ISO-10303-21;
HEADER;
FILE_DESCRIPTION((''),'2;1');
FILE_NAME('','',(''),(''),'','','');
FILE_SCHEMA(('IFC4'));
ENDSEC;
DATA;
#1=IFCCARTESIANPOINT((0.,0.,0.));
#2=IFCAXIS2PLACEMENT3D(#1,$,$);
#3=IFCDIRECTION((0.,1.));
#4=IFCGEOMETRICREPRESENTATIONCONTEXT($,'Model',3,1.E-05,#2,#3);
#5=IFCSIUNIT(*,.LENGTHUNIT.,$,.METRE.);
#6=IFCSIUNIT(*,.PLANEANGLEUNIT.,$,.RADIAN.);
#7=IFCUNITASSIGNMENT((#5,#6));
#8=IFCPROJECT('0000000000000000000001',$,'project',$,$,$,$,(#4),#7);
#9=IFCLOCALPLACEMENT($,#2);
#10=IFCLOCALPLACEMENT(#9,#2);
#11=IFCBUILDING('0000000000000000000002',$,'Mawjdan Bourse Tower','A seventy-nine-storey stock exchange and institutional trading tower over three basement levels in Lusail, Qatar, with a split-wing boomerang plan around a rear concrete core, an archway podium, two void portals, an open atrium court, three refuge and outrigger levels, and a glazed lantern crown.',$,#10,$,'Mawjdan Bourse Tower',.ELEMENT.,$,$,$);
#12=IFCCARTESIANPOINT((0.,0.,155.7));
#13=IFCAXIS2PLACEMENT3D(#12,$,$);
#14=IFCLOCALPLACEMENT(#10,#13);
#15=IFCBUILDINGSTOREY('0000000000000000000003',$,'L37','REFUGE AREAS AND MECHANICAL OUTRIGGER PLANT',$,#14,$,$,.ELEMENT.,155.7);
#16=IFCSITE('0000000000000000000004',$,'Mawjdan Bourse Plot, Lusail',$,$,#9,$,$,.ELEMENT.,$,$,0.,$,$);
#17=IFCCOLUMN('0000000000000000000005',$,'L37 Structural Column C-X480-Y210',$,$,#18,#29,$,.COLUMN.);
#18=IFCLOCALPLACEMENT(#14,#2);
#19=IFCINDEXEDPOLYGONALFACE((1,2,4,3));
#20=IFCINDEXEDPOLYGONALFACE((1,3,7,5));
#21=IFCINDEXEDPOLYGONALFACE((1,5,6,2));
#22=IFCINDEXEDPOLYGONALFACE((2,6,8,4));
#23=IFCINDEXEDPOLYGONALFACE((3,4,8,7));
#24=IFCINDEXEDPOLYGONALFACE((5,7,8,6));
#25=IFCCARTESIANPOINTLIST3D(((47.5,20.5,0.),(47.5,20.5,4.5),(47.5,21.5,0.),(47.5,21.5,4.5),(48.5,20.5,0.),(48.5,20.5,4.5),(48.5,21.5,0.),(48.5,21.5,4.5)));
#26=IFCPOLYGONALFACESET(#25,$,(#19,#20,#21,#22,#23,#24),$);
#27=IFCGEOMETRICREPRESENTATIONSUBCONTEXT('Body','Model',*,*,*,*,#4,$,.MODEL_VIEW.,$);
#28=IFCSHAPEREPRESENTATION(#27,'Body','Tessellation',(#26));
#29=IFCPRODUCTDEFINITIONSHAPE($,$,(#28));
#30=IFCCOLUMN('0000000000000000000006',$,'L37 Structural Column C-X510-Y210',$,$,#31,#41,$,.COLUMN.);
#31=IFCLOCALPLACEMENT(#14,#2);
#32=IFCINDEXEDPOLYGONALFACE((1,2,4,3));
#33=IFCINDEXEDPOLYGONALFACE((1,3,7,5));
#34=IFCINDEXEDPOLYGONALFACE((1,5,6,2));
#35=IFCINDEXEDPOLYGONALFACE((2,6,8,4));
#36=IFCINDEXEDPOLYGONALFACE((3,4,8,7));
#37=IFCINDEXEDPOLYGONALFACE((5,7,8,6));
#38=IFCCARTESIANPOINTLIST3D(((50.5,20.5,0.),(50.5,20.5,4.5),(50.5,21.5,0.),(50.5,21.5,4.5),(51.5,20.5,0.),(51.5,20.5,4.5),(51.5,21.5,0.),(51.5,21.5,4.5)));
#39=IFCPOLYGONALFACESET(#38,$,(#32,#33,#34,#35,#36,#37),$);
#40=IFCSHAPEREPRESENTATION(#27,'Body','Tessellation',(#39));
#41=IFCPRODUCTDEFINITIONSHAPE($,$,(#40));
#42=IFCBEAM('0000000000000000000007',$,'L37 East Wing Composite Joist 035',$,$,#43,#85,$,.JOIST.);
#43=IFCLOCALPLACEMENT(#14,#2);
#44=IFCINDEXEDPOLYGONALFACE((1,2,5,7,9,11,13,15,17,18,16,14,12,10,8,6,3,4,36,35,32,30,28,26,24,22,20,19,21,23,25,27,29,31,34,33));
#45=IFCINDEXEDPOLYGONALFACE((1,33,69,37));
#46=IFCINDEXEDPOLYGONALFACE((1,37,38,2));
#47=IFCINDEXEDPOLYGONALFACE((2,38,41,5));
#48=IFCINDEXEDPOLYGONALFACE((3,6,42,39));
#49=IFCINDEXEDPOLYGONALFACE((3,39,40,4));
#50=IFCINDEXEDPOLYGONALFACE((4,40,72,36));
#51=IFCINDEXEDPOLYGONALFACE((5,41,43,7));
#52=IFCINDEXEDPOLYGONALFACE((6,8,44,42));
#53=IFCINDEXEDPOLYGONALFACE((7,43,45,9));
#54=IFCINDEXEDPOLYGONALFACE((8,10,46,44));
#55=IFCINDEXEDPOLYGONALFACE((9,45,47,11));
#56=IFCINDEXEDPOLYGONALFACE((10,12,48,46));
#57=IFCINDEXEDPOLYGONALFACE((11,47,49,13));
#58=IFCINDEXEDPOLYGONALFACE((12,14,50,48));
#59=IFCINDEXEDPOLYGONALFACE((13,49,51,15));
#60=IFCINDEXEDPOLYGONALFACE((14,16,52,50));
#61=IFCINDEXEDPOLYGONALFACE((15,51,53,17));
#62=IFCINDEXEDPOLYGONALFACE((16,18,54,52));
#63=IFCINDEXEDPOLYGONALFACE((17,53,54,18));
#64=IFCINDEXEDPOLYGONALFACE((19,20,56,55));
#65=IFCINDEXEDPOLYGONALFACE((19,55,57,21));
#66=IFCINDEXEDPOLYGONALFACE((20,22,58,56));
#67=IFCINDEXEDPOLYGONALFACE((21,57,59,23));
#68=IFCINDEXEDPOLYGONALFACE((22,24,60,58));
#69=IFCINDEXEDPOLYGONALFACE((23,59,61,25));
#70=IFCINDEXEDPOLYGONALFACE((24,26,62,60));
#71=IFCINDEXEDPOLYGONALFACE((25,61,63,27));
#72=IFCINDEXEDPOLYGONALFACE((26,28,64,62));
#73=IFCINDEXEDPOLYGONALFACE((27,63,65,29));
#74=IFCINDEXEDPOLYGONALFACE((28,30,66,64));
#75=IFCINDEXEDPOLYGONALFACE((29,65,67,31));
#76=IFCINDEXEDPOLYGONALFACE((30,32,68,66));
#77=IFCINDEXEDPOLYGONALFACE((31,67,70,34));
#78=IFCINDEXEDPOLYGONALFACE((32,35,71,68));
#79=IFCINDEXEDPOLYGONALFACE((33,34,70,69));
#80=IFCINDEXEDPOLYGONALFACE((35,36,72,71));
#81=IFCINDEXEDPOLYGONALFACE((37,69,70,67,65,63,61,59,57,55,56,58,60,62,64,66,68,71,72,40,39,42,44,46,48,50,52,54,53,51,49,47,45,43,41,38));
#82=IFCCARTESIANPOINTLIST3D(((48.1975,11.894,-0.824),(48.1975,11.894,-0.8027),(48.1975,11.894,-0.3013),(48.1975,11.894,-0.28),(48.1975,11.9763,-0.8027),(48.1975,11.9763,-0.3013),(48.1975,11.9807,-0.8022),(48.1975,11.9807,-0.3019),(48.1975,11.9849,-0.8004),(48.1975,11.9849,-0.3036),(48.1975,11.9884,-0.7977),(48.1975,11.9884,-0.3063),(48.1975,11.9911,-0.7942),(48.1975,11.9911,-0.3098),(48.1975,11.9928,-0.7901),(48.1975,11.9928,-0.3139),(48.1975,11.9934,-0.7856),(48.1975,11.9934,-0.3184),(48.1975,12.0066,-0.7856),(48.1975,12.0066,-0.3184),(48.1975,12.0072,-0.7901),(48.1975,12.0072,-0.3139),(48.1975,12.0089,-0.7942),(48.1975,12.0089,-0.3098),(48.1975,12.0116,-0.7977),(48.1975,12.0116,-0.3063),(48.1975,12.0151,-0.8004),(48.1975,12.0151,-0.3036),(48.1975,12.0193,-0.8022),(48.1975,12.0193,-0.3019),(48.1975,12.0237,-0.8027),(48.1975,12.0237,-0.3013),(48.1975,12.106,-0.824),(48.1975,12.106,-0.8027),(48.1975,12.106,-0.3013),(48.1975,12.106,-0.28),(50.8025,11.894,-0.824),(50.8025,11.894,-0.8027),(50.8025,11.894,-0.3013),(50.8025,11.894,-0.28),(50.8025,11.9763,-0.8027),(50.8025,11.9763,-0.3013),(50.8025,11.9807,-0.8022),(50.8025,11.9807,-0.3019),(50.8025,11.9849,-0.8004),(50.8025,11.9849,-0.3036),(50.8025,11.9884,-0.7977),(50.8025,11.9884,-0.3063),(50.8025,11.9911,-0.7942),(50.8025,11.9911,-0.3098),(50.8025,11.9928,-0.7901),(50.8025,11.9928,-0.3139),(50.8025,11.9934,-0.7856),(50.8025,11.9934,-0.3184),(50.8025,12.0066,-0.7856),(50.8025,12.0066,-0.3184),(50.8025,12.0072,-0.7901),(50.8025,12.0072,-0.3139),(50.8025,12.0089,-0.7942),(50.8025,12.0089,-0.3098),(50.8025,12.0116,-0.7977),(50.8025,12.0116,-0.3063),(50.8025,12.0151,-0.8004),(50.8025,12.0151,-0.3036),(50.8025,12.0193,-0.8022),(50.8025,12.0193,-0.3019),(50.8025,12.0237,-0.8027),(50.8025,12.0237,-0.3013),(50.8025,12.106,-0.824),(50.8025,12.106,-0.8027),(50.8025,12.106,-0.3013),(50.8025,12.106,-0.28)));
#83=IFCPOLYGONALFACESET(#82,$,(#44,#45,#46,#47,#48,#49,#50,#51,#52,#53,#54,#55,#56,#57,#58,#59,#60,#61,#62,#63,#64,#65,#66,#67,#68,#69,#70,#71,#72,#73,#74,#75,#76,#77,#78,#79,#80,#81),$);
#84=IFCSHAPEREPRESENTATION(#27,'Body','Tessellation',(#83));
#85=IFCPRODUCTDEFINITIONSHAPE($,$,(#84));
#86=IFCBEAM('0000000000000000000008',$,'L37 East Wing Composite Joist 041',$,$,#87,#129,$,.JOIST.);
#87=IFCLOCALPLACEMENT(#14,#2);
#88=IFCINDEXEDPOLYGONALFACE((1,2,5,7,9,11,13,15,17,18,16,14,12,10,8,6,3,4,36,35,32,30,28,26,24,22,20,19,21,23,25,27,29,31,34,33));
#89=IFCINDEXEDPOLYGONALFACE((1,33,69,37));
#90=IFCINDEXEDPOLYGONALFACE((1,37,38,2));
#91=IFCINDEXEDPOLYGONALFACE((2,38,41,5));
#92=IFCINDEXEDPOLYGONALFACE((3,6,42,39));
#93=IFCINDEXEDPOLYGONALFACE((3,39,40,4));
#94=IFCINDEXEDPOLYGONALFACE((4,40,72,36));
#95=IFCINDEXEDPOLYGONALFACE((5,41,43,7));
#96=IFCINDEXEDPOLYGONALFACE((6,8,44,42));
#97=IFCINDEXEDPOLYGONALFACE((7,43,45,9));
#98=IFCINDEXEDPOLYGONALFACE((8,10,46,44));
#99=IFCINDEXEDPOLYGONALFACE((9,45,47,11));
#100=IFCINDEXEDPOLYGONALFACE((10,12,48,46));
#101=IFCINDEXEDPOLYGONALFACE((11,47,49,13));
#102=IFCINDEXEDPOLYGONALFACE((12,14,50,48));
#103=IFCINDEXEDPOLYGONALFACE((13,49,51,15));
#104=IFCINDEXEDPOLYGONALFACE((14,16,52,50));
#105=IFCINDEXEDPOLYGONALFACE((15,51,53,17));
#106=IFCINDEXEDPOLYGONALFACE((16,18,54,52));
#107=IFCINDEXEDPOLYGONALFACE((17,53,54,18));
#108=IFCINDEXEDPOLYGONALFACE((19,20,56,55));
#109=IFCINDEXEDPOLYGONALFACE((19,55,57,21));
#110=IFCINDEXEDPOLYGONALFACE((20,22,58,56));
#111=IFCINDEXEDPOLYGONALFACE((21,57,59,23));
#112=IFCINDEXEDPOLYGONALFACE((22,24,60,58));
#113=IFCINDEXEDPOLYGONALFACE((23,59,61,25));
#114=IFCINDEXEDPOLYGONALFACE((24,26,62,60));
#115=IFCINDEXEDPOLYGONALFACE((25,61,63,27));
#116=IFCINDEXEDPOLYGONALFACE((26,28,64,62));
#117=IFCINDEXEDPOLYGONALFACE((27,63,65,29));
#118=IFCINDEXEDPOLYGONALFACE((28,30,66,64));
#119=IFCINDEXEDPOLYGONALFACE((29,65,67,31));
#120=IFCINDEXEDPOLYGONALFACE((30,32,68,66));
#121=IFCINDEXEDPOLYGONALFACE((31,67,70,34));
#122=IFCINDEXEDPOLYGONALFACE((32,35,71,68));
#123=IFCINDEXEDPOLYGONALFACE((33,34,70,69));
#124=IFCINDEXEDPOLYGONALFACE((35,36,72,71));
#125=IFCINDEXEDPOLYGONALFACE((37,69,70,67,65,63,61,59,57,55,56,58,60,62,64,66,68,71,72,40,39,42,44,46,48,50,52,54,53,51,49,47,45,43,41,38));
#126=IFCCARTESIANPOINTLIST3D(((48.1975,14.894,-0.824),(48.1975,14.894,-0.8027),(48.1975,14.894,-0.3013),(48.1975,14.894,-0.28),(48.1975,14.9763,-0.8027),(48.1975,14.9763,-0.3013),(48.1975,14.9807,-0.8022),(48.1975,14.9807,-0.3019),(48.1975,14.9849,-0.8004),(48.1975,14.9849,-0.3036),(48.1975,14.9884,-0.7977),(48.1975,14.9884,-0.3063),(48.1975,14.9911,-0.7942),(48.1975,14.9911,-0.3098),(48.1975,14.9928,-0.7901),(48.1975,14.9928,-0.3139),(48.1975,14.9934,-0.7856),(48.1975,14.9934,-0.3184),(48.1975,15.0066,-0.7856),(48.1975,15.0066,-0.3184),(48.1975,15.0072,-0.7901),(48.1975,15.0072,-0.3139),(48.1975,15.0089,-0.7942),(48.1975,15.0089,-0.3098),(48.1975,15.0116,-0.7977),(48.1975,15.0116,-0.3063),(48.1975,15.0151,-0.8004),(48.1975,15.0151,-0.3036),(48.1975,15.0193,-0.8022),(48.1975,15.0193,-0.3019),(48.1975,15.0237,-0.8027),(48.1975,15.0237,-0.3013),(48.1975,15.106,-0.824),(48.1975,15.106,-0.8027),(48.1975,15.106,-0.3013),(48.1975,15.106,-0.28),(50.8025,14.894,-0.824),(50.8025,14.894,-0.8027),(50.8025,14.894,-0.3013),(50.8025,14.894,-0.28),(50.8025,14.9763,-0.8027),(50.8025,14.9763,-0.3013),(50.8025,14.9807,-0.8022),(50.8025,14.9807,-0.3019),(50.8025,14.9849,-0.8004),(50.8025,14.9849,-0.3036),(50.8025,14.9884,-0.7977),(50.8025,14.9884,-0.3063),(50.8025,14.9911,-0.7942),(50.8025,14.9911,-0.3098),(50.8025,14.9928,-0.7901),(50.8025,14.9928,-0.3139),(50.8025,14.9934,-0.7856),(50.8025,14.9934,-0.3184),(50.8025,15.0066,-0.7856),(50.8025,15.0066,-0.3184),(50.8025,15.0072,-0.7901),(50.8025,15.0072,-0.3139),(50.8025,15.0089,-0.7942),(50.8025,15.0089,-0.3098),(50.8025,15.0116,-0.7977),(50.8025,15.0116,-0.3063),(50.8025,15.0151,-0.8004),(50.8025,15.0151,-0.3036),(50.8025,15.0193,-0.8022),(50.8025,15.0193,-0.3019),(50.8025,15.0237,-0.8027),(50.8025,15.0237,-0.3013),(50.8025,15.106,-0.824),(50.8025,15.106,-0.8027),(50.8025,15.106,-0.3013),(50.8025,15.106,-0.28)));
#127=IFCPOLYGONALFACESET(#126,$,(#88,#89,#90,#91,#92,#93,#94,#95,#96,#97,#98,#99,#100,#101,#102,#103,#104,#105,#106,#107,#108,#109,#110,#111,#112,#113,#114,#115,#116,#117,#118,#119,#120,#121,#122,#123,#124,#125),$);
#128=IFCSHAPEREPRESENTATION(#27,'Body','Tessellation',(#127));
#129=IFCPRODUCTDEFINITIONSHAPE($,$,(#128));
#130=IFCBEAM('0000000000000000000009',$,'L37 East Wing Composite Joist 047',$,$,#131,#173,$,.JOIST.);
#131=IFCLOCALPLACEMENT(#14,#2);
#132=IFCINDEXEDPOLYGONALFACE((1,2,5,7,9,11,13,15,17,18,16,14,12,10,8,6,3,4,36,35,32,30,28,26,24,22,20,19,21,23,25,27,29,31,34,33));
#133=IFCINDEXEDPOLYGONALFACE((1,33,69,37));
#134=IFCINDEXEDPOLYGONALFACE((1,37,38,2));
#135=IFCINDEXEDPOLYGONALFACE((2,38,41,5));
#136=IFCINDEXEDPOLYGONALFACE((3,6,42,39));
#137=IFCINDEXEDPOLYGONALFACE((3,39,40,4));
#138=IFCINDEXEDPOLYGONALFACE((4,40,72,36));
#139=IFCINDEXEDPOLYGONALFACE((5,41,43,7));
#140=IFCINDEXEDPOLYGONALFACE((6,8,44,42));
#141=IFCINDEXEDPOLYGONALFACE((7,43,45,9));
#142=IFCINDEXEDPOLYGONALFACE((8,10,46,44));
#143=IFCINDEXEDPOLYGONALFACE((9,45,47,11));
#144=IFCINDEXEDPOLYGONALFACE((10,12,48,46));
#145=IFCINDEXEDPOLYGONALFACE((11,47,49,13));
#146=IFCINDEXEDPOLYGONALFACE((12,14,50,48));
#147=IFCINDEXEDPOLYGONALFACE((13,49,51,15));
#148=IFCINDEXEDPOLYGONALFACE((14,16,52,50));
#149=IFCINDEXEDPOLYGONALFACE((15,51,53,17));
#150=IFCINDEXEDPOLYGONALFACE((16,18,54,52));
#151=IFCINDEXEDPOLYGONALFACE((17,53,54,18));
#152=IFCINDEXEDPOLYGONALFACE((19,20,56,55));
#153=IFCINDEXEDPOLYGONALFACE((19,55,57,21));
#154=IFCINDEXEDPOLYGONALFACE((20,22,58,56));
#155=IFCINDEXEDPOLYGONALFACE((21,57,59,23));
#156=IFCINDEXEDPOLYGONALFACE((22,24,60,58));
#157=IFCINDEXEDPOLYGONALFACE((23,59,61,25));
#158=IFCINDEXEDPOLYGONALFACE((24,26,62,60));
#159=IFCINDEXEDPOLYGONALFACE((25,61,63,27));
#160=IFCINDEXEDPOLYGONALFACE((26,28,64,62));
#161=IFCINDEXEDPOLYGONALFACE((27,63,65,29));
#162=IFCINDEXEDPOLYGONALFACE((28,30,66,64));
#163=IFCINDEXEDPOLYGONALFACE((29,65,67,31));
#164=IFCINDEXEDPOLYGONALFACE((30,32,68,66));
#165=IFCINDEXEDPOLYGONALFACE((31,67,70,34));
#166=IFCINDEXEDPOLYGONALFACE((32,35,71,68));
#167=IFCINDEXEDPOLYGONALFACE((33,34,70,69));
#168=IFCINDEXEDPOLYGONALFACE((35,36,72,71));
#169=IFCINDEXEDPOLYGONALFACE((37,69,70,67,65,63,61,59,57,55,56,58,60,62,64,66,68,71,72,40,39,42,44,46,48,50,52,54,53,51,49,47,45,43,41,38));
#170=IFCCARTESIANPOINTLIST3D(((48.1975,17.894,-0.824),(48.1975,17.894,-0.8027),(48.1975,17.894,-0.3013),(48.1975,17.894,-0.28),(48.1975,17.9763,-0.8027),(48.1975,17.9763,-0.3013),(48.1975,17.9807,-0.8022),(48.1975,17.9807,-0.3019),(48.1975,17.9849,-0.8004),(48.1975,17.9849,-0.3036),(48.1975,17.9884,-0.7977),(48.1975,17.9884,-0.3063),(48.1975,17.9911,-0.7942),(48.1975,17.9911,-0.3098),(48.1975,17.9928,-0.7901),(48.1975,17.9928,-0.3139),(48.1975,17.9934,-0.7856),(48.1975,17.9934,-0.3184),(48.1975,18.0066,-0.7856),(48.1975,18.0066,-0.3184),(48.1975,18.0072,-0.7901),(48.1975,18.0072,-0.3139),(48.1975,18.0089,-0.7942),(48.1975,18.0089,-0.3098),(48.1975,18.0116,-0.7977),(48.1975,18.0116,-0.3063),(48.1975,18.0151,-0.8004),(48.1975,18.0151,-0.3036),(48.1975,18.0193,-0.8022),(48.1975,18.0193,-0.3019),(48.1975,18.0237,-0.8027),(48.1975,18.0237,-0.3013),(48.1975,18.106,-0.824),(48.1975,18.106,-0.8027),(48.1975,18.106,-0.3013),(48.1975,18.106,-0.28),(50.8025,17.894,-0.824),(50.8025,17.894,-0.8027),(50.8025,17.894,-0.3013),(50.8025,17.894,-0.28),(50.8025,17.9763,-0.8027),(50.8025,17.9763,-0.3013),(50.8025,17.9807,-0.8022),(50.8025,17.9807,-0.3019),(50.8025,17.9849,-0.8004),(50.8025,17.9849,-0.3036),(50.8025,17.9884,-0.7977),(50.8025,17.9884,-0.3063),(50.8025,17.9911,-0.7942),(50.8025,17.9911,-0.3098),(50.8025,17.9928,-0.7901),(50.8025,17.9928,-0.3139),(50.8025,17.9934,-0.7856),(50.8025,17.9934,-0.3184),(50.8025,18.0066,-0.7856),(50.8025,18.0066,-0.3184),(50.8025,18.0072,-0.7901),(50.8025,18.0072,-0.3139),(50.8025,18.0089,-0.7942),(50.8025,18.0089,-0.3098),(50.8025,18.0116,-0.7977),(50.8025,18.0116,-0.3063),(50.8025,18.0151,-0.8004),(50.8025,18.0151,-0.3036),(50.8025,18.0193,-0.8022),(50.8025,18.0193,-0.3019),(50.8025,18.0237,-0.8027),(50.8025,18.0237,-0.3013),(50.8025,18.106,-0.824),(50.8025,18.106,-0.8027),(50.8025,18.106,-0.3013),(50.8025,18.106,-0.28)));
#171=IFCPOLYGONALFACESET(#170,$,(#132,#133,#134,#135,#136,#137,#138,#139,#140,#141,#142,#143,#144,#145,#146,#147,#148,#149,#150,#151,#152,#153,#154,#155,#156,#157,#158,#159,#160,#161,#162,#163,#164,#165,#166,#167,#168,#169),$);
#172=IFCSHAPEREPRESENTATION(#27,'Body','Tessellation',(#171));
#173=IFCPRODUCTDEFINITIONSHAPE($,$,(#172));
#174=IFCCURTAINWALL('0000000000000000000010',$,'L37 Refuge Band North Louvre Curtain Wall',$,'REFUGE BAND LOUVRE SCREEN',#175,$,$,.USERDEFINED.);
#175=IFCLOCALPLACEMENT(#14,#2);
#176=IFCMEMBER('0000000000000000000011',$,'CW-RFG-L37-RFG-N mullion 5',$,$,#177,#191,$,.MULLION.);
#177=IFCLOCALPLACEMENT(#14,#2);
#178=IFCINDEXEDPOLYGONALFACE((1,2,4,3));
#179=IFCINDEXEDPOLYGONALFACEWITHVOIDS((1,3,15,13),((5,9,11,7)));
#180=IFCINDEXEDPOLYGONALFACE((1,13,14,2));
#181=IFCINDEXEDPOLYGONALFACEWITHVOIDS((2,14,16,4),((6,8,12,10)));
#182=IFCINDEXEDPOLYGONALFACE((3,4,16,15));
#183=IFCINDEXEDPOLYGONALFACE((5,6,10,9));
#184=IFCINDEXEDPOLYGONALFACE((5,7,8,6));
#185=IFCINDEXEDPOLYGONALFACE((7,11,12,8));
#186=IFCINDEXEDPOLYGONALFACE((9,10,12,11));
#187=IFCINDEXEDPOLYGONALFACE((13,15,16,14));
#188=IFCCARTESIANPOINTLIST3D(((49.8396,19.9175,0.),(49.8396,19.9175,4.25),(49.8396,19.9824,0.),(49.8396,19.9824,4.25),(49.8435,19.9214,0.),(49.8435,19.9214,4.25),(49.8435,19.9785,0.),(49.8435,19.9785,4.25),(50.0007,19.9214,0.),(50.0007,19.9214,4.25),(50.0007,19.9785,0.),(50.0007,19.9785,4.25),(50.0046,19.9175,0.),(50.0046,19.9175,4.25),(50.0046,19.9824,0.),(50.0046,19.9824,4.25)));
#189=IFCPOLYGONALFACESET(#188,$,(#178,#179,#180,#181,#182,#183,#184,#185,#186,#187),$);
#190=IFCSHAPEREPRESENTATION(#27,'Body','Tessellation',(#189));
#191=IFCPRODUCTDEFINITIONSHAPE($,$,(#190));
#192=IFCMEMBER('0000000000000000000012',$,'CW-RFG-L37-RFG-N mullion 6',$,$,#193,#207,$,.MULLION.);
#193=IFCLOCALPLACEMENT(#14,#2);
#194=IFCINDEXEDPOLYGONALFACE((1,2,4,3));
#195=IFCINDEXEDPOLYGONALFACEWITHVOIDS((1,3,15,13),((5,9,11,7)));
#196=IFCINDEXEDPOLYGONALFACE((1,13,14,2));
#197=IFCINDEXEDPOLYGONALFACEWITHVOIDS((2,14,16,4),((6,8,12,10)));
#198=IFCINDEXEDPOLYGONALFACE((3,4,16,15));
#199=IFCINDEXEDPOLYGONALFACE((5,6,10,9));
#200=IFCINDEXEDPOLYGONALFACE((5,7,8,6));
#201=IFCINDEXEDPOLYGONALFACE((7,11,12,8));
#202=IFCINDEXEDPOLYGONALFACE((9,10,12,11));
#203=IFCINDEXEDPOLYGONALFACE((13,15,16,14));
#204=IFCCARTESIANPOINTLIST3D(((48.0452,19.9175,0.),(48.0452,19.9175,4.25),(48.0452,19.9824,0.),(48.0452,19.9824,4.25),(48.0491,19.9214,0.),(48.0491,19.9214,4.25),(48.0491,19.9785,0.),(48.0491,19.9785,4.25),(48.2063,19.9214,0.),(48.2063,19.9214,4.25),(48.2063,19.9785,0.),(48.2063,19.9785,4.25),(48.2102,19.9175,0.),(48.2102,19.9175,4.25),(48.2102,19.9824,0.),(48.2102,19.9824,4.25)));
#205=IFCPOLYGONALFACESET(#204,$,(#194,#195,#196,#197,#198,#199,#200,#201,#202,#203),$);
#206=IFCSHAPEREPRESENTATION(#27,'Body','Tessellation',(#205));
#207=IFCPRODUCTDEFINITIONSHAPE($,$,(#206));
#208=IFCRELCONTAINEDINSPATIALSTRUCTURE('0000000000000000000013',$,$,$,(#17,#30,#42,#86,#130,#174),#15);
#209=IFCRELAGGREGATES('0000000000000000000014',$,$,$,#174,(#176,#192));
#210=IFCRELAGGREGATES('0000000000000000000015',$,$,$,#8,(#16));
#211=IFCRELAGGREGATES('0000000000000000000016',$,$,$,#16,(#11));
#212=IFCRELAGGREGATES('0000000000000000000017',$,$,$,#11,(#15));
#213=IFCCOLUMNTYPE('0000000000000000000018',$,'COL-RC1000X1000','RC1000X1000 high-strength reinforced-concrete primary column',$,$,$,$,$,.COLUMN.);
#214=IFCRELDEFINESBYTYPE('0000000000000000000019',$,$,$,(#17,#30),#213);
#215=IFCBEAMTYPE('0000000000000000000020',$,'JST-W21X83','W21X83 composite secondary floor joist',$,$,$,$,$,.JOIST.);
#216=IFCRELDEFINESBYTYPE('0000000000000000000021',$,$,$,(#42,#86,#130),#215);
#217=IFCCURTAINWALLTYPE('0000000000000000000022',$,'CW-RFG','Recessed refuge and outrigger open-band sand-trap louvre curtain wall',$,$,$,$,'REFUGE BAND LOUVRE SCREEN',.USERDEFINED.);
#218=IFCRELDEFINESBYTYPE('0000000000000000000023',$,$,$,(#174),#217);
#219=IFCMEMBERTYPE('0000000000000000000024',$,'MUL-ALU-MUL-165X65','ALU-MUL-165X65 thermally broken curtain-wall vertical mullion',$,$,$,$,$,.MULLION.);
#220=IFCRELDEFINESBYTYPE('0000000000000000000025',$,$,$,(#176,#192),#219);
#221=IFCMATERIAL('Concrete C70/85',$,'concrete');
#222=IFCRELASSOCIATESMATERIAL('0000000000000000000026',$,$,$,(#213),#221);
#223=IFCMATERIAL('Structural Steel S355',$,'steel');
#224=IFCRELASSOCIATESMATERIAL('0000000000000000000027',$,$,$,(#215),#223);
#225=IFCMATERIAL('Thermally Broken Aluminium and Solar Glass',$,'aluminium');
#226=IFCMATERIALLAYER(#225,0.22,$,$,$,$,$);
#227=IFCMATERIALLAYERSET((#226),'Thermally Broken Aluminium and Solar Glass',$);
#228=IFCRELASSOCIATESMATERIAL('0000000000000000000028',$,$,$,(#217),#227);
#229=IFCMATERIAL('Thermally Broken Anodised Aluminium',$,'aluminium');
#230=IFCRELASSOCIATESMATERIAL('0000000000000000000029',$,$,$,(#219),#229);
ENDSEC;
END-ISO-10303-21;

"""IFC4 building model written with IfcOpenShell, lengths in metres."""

from ifc_helpers import new_model, si_unit, direction, frame, origin, origin_2d, place, context, subcontext, project, spatial, rectangle, hollow_rectangle, i_section, extrude, material, layer, layer_set, material_profile, profile_set, type_object, element, aggregate, save


model = new_model("IFC4")

# Units and contexts
model_context = context("Model", 3, precision=1e-05, world=origin(), true_north=direction((0.0, 1.0)))
body_context = subcontext(model_context, "Body", "Model", "MODEL_VIEW")
ifc_project = project(units=[si_unit("LENGTHUNIT", "METRE"), si_unit("PLANEANGLEUNIT", "RADIAN")], contexts=[model_context])

# Site, building, storey
site_placement = place(None, origin())
site = spatial("IfcSite", under=ifc_project, at=site_placement, Name="Mawjdan Bourse Plot, Lusail", CompositionType="ELEMENT", RefElevation=0.0)
building_placement = place(site_placement, origin())
building = spatial("IfcBuilding", under=site, at=building_placement, Name="Mawjdan Bourse Tower", Description="A seventy-nine-storey stock exchange and institutional trading tower over three basement levels in Lusail, Qatar, with a split-wing boomerang plan around a rear concrete core, an archway podium, two void portals, an open atrium court, three refuge and outrigger levels, and a glazed lantern crown.", LongName="Mawjdan Bourse Tower", CompositionType="ELEMENT")
storey_placement = place(building_placement, frame((0.0, 0.0, 155.7)))
storey = spatial("IfcBuildingStorey", under=building, at=storey_placement, Name="L37", Description="REFUGE AREAS AND MECHANICAL OUTRIGGER PLANT", CompositionType="ELEMENT", Elevation=155.7)

# Columns
ifc_material_1 = material(Name="Concrete C70/85", Category="concrete")
ifc_material_profile_1 = material_profile(ifc_material_1, rectangle(XDim=1.0, YDim=1.0, at=origin_2d()), Name="RC1000X1000")
ifc_profile_set_1 = profile_set([ifc_material_profile_1], Name="Concrete C70/85")
column_type = type_object("IfcColumnType", Name="COL-RC1000X1000", Description="RC1000X1000 high-strength reinforced-concrete primary column", PredefinedType="COLUMN", material=ifc_profile_set_1)
for number, where, z_axis, x_axis, name in (
    (1, (48.0, 21.0, 0.0), (0.0, 0.0, 1.0), (1.0, 0.0, 0.0), "L37 Structural Column C-X480-Y210"),
    (2, (51.0, 21.0, 0.0), (0.0, 0.0, 1.0), (1.0, 0.0, 0.0), "L37 Structural Column C-X510-Y210"),
):
    element("IfcColumn", number, at=place(storey_placement, frame(where, z_axis=z_axis, x_axis=x_axis)), inside=storey, type_object=column_type, Name=name, PredefinedType="COLUMN", context=body_context, shape_type="SweptSolid", body=[
        extrude(rectangle(XDim=1.0, YDim=1.0, at=origin_2d()), origin(), (0.0, 0.0, 1.0), 4.5),
    ])

# Beams
ifc_material_2 = material(Name="Structural Steel S355", Category="steel")
ifc_material_profile_2 = material_profile(ifc_material_2, i_section(OverallWidth=0.2119, OverallDepth=0.5439, WebThickness=0.0132, FlangeThickness=0.0212, FilletRadius=0.0171, at=origin_2d()), Name="W21X83")
ifc_profile_set_2 = profile_set([ifc_material_profile_2], Name="Structural Steel S355")
beam_type_1 = type_object("IfcBeamType", Name="JST-W21X83", Description="W21X83 composite secondary floor joist", PredefinedType="JOIST", material=ifc_profile_set_2)
for number, where, z_axis, x_axis, name in (
    (3, (48.1975, 12.0, -0.552), (1.0, 0.0, 0.0), (0.0, 1.0, 0.0), "L37 East Wing Composite Joist 035"),
    (4, (48.1975, 15.0, -0.552), (1.0, 0.0, 0.0), (0.0, 1.0, 0.0), "L37 East Wing Composite Joist 041"),
    (5, (48.1975, 18.0, -0.552), (1.0, 0.0, 0.0), (0.0, 1.0, 0.0), "L37 East Wing Composite Joist 047"),
):
    element("IfcBeam", number, at=place(storey_placement, frame(where, z_axis=z_axis, x_axis=x_axis)), inside=storey, type_object=beam_type_1, Name=name, PredefinedType="JOIST", context=body_context, shape_type="SweptSolid", body=[
        extrude(i_section(OverallWidth=0.2119, OverallDepth=0.5439, WebThickness=0.0132, FlangeThickness=0.0212, FilletRadius=0.0171, at=origin_2d()), origin(), (0.0, 0.0, 1.0), 2.605),
    ])

# Curtain wall, members
ifc_material_3 = material(Name="Thermally Broken Aluminium and Solar Glass", Category="aluminium")
ifc_layer_1 = layer(ifc_material_3, 0.22)
ifc_layer_set_1 = layer_set([ifc_layer_1], Name="Thermally Broken Aluminium and Solar Glass")
curtain_wall_type = type_object("IfcCurtainWallType", Name="CW-RFG", Description="Recessed refuge and outrigger open-band sand-trap louvre curtain wall", ElementType="REFUGE BAND LOUVRE SCREEN", PredefinedType="USERDEFINED", material=ifc_layer_set_1)
curtain_wall_placement = place(storey_placement, origin())
curtain_wall = element("IfcCurtainWall", 6, at=curtain_wall_placement, inside=storey, type_object=curtain_wall_type, Name="L37 Refuge Band North Louvre Curtain Wall", ObjectType="REFUGE BAND LOUVRE SCREEN", PredefinedType="USERDEFINED")
ifc_material_4 = material(Name="Thermally Broken Anodised Aluminium", Category="aluminium")
ifc_material_profile_3 = material_profile(ifc_material_4, hollow_rectangle(XDim=0.0649, YDim=0.165, WallThickness=0.0039, at=origin_2d()), Name="ALU-MUL-165X65")
ifc_profile_set_3 = profile_set([ifc_material_profile_3], Name="Thermally Broken Anodised Aluminium")
member_type_1 = type_object("IfcMemberType", Name="MUL-ALU-MUL-165X65", Description="ALU-MUL-165X65 thermally broken curtain-wall vertical mullion", PredefinedType="MULLION", material=ifc_profile_set_3)
member_1_placement = place(storey_placement, frame((49.9221, 19.95, 0.0), z_axis=(0.0, 0.0, 1.0), x_axis=(0.0, -1.0, 0.0)))
member_1 = element("IfcMember", 7, at=member_1_placement, type_object=member_type_1, Name="CW-RFG-L37-RFG-N mullion 5", PredefinedType="MULLION", context=body_context, shape_type="SweptSolid", body=[
    extrude(hollow_rectangle(XDim=0.0649, YDim=0.165, WallThickness=0.0039, at=origin_2d()), origin(), (0.0, 0.0, 1.0), 4.25),
])
member_2_placement = place(storey_placement, frame((48.1277, 19.95, 0.0), z_axis=(0.0, 0.0, 1.0), x_axis=(0.0, -1.0, 0.0)))
member_2 = element("IfcMember", 8, at=member_2_placement, type_object=member_type_1, Name="CW-RFG-L37-RFG-N mullion 6", PredefinedType="MULLION", context=body_context, shape_type="SweptSolid", body=[
    extrude(hollow_rectangle(XDim=0.0649, YDim=0.165, WallThickness=0.0039, at=origin_2d()), origin(), (0.0, 0.0, 1.0), 4.25),
])

aggregate(curtain_wall, [member_1, member_2])

save(model, "model.ifc")
